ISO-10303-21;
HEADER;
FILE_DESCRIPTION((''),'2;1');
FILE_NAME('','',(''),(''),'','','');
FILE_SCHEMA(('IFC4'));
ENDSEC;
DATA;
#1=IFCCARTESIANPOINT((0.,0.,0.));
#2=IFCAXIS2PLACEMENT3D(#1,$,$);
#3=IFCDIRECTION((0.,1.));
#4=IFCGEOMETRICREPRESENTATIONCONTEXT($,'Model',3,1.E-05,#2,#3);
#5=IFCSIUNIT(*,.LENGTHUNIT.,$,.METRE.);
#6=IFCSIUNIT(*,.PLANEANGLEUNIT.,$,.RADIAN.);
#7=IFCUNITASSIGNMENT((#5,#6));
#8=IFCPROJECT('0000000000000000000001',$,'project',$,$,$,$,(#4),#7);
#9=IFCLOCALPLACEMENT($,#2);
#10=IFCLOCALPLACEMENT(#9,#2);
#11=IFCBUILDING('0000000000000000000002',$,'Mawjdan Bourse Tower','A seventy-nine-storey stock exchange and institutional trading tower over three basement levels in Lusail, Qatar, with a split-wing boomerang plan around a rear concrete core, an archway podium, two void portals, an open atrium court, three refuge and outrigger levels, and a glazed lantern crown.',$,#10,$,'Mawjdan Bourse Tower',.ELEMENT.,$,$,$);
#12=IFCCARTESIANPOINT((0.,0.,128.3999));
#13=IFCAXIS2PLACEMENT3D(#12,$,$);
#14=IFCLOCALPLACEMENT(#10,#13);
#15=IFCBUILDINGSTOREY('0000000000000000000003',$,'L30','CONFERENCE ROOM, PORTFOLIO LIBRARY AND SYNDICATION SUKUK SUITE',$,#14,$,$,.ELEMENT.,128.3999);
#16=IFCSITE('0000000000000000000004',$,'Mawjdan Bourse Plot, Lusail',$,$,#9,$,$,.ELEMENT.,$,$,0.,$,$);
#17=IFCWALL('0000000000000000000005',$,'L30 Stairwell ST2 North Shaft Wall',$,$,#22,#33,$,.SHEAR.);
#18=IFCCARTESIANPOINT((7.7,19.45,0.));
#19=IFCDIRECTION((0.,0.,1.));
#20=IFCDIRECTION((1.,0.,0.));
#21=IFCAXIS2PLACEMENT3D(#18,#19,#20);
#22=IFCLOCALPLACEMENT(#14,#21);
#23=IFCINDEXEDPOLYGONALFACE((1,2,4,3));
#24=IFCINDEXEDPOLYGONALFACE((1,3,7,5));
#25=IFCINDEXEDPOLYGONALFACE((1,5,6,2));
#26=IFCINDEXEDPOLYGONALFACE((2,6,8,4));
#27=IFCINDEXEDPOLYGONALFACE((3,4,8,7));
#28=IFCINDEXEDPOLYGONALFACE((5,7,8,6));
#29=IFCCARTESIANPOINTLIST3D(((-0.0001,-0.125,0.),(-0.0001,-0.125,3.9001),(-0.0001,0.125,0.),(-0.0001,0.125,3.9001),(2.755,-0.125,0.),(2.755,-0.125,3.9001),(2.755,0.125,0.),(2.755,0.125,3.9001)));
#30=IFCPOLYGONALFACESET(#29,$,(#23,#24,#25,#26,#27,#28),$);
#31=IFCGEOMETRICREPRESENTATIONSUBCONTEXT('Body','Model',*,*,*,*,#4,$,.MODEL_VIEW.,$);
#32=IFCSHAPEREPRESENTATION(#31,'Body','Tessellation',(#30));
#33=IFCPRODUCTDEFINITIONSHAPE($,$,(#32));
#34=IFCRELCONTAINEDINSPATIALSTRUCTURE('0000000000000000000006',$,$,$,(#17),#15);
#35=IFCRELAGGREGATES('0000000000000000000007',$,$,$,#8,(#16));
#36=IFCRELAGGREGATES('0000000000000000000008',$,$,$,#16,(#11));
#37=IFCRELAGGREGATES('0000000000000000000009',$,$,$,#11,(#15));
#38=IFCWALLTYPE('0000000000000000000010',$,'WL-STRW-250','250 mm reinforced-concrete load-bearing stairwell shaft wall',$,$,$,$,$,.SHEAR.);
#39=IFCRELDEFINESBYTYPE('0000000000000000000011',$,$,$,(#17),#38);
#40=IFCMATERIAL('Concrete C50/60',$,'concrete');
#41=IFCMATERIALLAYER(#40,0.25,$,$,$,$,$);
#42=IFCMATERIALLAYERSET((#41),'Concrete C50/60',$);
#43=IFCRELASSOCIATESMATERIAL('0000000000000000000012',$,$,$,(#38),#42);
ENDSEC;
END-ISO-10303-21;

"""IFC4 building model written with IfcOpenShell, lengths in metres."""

from ifc_helpers import new_model, si_unit, direction, frame, frame_2d, origin, place, context, subcontext, project, spatial, rectangle, extrude, material, layer, layer_set, type_object, element, save


model = new_model("IFC4")

# Units and contexts
model_context = context("Model", 3, precision=1e-05, world=origin(), true_north=direction((0.0, 1.0)))
body_context = subcontext(model_context, "Body", "Model", "MODEL_VIEW")
ifc_project = project(units=[si_unit("LENGTHUNIT", "METRE"), si_unit("PLANEANGLEUNIT", "RADIAN")], contexts=[model_context])

# Site, building, storey
site_placement = place(None, origin())
site = spatial("IfcSite", under=ifc_project, at=site_placement, Name="Mawjdan Bourse Plot, Lusail", CompositionType="ELEMENT", RefElevation=0.0)
building_placement = place(site_placement, origin())
building = spatial("IfcBuilding", under=site, at=building_placement, Name="Mawjdan Bourse Tower", Description="A seventy-nine-storey stock exchange and institutional trading tower over three basement levels in Lusail, Qatar, with a split-wing boomerang plan around a rear concrete core, an archway podium, two void portals, an open atrium court, three refuge and outrigger levels, and a glazed lantern crown.", LongName="Mawjdan Bourse Tower", CompositionType="ELEMENT")
storey_placement = place(building_placement, frame((0.0, 0.0, 128.3999)))
storey = spatial("IfcBuildingStorey", under=building, at=storey_placement, Name="L30", Description="CONFERENCE ROOM, PORTFOLIO LIBRARY AND SYNDICATION SUKUK SUITE", CompositionType="ELEMENT", Elevation=128.3999)

# Wall
ifc_material_1 = material(Name="Concrete C50/60", Category="concrete")
ifc_layer_1 = layer(ifc_material_1, 0.25)
ifc_layer_set_1 = layer_set([ifc_layer_1], Name="Concrete C50/60")
wall_type_1 = type_object("IfcWallType", Name="WL-STRW-250", Description="250 mm reinforced-concrete load-bearing stairwell shaft wall", PredefinedType="SHEAR", material=ifc_layer_set_1)
wall_1_placement = place(storey_placement, frame((7.7, 19.45, 0.0), z_axis=(0.0, 0.0, 1.0), x_axis=(1.0, 0.0, 0.0)))
element("IfcWall", 1, at=wall_1_placement, inside=storey, type_object=wall_type_1, Name="L30 Stairwell ST2 North Shaft Wall", PredefinedType="SHEAR", context=body_context, shape_type="SweptSolid", body=[
    extrude(rectangle(XDim=2.7551, YDim=0.25, at=frame_2d((1.3774, 0.0))), origin(), (0.0, 0.0, 1.0), 3.9001),
])

save(model, "model.ifc")
